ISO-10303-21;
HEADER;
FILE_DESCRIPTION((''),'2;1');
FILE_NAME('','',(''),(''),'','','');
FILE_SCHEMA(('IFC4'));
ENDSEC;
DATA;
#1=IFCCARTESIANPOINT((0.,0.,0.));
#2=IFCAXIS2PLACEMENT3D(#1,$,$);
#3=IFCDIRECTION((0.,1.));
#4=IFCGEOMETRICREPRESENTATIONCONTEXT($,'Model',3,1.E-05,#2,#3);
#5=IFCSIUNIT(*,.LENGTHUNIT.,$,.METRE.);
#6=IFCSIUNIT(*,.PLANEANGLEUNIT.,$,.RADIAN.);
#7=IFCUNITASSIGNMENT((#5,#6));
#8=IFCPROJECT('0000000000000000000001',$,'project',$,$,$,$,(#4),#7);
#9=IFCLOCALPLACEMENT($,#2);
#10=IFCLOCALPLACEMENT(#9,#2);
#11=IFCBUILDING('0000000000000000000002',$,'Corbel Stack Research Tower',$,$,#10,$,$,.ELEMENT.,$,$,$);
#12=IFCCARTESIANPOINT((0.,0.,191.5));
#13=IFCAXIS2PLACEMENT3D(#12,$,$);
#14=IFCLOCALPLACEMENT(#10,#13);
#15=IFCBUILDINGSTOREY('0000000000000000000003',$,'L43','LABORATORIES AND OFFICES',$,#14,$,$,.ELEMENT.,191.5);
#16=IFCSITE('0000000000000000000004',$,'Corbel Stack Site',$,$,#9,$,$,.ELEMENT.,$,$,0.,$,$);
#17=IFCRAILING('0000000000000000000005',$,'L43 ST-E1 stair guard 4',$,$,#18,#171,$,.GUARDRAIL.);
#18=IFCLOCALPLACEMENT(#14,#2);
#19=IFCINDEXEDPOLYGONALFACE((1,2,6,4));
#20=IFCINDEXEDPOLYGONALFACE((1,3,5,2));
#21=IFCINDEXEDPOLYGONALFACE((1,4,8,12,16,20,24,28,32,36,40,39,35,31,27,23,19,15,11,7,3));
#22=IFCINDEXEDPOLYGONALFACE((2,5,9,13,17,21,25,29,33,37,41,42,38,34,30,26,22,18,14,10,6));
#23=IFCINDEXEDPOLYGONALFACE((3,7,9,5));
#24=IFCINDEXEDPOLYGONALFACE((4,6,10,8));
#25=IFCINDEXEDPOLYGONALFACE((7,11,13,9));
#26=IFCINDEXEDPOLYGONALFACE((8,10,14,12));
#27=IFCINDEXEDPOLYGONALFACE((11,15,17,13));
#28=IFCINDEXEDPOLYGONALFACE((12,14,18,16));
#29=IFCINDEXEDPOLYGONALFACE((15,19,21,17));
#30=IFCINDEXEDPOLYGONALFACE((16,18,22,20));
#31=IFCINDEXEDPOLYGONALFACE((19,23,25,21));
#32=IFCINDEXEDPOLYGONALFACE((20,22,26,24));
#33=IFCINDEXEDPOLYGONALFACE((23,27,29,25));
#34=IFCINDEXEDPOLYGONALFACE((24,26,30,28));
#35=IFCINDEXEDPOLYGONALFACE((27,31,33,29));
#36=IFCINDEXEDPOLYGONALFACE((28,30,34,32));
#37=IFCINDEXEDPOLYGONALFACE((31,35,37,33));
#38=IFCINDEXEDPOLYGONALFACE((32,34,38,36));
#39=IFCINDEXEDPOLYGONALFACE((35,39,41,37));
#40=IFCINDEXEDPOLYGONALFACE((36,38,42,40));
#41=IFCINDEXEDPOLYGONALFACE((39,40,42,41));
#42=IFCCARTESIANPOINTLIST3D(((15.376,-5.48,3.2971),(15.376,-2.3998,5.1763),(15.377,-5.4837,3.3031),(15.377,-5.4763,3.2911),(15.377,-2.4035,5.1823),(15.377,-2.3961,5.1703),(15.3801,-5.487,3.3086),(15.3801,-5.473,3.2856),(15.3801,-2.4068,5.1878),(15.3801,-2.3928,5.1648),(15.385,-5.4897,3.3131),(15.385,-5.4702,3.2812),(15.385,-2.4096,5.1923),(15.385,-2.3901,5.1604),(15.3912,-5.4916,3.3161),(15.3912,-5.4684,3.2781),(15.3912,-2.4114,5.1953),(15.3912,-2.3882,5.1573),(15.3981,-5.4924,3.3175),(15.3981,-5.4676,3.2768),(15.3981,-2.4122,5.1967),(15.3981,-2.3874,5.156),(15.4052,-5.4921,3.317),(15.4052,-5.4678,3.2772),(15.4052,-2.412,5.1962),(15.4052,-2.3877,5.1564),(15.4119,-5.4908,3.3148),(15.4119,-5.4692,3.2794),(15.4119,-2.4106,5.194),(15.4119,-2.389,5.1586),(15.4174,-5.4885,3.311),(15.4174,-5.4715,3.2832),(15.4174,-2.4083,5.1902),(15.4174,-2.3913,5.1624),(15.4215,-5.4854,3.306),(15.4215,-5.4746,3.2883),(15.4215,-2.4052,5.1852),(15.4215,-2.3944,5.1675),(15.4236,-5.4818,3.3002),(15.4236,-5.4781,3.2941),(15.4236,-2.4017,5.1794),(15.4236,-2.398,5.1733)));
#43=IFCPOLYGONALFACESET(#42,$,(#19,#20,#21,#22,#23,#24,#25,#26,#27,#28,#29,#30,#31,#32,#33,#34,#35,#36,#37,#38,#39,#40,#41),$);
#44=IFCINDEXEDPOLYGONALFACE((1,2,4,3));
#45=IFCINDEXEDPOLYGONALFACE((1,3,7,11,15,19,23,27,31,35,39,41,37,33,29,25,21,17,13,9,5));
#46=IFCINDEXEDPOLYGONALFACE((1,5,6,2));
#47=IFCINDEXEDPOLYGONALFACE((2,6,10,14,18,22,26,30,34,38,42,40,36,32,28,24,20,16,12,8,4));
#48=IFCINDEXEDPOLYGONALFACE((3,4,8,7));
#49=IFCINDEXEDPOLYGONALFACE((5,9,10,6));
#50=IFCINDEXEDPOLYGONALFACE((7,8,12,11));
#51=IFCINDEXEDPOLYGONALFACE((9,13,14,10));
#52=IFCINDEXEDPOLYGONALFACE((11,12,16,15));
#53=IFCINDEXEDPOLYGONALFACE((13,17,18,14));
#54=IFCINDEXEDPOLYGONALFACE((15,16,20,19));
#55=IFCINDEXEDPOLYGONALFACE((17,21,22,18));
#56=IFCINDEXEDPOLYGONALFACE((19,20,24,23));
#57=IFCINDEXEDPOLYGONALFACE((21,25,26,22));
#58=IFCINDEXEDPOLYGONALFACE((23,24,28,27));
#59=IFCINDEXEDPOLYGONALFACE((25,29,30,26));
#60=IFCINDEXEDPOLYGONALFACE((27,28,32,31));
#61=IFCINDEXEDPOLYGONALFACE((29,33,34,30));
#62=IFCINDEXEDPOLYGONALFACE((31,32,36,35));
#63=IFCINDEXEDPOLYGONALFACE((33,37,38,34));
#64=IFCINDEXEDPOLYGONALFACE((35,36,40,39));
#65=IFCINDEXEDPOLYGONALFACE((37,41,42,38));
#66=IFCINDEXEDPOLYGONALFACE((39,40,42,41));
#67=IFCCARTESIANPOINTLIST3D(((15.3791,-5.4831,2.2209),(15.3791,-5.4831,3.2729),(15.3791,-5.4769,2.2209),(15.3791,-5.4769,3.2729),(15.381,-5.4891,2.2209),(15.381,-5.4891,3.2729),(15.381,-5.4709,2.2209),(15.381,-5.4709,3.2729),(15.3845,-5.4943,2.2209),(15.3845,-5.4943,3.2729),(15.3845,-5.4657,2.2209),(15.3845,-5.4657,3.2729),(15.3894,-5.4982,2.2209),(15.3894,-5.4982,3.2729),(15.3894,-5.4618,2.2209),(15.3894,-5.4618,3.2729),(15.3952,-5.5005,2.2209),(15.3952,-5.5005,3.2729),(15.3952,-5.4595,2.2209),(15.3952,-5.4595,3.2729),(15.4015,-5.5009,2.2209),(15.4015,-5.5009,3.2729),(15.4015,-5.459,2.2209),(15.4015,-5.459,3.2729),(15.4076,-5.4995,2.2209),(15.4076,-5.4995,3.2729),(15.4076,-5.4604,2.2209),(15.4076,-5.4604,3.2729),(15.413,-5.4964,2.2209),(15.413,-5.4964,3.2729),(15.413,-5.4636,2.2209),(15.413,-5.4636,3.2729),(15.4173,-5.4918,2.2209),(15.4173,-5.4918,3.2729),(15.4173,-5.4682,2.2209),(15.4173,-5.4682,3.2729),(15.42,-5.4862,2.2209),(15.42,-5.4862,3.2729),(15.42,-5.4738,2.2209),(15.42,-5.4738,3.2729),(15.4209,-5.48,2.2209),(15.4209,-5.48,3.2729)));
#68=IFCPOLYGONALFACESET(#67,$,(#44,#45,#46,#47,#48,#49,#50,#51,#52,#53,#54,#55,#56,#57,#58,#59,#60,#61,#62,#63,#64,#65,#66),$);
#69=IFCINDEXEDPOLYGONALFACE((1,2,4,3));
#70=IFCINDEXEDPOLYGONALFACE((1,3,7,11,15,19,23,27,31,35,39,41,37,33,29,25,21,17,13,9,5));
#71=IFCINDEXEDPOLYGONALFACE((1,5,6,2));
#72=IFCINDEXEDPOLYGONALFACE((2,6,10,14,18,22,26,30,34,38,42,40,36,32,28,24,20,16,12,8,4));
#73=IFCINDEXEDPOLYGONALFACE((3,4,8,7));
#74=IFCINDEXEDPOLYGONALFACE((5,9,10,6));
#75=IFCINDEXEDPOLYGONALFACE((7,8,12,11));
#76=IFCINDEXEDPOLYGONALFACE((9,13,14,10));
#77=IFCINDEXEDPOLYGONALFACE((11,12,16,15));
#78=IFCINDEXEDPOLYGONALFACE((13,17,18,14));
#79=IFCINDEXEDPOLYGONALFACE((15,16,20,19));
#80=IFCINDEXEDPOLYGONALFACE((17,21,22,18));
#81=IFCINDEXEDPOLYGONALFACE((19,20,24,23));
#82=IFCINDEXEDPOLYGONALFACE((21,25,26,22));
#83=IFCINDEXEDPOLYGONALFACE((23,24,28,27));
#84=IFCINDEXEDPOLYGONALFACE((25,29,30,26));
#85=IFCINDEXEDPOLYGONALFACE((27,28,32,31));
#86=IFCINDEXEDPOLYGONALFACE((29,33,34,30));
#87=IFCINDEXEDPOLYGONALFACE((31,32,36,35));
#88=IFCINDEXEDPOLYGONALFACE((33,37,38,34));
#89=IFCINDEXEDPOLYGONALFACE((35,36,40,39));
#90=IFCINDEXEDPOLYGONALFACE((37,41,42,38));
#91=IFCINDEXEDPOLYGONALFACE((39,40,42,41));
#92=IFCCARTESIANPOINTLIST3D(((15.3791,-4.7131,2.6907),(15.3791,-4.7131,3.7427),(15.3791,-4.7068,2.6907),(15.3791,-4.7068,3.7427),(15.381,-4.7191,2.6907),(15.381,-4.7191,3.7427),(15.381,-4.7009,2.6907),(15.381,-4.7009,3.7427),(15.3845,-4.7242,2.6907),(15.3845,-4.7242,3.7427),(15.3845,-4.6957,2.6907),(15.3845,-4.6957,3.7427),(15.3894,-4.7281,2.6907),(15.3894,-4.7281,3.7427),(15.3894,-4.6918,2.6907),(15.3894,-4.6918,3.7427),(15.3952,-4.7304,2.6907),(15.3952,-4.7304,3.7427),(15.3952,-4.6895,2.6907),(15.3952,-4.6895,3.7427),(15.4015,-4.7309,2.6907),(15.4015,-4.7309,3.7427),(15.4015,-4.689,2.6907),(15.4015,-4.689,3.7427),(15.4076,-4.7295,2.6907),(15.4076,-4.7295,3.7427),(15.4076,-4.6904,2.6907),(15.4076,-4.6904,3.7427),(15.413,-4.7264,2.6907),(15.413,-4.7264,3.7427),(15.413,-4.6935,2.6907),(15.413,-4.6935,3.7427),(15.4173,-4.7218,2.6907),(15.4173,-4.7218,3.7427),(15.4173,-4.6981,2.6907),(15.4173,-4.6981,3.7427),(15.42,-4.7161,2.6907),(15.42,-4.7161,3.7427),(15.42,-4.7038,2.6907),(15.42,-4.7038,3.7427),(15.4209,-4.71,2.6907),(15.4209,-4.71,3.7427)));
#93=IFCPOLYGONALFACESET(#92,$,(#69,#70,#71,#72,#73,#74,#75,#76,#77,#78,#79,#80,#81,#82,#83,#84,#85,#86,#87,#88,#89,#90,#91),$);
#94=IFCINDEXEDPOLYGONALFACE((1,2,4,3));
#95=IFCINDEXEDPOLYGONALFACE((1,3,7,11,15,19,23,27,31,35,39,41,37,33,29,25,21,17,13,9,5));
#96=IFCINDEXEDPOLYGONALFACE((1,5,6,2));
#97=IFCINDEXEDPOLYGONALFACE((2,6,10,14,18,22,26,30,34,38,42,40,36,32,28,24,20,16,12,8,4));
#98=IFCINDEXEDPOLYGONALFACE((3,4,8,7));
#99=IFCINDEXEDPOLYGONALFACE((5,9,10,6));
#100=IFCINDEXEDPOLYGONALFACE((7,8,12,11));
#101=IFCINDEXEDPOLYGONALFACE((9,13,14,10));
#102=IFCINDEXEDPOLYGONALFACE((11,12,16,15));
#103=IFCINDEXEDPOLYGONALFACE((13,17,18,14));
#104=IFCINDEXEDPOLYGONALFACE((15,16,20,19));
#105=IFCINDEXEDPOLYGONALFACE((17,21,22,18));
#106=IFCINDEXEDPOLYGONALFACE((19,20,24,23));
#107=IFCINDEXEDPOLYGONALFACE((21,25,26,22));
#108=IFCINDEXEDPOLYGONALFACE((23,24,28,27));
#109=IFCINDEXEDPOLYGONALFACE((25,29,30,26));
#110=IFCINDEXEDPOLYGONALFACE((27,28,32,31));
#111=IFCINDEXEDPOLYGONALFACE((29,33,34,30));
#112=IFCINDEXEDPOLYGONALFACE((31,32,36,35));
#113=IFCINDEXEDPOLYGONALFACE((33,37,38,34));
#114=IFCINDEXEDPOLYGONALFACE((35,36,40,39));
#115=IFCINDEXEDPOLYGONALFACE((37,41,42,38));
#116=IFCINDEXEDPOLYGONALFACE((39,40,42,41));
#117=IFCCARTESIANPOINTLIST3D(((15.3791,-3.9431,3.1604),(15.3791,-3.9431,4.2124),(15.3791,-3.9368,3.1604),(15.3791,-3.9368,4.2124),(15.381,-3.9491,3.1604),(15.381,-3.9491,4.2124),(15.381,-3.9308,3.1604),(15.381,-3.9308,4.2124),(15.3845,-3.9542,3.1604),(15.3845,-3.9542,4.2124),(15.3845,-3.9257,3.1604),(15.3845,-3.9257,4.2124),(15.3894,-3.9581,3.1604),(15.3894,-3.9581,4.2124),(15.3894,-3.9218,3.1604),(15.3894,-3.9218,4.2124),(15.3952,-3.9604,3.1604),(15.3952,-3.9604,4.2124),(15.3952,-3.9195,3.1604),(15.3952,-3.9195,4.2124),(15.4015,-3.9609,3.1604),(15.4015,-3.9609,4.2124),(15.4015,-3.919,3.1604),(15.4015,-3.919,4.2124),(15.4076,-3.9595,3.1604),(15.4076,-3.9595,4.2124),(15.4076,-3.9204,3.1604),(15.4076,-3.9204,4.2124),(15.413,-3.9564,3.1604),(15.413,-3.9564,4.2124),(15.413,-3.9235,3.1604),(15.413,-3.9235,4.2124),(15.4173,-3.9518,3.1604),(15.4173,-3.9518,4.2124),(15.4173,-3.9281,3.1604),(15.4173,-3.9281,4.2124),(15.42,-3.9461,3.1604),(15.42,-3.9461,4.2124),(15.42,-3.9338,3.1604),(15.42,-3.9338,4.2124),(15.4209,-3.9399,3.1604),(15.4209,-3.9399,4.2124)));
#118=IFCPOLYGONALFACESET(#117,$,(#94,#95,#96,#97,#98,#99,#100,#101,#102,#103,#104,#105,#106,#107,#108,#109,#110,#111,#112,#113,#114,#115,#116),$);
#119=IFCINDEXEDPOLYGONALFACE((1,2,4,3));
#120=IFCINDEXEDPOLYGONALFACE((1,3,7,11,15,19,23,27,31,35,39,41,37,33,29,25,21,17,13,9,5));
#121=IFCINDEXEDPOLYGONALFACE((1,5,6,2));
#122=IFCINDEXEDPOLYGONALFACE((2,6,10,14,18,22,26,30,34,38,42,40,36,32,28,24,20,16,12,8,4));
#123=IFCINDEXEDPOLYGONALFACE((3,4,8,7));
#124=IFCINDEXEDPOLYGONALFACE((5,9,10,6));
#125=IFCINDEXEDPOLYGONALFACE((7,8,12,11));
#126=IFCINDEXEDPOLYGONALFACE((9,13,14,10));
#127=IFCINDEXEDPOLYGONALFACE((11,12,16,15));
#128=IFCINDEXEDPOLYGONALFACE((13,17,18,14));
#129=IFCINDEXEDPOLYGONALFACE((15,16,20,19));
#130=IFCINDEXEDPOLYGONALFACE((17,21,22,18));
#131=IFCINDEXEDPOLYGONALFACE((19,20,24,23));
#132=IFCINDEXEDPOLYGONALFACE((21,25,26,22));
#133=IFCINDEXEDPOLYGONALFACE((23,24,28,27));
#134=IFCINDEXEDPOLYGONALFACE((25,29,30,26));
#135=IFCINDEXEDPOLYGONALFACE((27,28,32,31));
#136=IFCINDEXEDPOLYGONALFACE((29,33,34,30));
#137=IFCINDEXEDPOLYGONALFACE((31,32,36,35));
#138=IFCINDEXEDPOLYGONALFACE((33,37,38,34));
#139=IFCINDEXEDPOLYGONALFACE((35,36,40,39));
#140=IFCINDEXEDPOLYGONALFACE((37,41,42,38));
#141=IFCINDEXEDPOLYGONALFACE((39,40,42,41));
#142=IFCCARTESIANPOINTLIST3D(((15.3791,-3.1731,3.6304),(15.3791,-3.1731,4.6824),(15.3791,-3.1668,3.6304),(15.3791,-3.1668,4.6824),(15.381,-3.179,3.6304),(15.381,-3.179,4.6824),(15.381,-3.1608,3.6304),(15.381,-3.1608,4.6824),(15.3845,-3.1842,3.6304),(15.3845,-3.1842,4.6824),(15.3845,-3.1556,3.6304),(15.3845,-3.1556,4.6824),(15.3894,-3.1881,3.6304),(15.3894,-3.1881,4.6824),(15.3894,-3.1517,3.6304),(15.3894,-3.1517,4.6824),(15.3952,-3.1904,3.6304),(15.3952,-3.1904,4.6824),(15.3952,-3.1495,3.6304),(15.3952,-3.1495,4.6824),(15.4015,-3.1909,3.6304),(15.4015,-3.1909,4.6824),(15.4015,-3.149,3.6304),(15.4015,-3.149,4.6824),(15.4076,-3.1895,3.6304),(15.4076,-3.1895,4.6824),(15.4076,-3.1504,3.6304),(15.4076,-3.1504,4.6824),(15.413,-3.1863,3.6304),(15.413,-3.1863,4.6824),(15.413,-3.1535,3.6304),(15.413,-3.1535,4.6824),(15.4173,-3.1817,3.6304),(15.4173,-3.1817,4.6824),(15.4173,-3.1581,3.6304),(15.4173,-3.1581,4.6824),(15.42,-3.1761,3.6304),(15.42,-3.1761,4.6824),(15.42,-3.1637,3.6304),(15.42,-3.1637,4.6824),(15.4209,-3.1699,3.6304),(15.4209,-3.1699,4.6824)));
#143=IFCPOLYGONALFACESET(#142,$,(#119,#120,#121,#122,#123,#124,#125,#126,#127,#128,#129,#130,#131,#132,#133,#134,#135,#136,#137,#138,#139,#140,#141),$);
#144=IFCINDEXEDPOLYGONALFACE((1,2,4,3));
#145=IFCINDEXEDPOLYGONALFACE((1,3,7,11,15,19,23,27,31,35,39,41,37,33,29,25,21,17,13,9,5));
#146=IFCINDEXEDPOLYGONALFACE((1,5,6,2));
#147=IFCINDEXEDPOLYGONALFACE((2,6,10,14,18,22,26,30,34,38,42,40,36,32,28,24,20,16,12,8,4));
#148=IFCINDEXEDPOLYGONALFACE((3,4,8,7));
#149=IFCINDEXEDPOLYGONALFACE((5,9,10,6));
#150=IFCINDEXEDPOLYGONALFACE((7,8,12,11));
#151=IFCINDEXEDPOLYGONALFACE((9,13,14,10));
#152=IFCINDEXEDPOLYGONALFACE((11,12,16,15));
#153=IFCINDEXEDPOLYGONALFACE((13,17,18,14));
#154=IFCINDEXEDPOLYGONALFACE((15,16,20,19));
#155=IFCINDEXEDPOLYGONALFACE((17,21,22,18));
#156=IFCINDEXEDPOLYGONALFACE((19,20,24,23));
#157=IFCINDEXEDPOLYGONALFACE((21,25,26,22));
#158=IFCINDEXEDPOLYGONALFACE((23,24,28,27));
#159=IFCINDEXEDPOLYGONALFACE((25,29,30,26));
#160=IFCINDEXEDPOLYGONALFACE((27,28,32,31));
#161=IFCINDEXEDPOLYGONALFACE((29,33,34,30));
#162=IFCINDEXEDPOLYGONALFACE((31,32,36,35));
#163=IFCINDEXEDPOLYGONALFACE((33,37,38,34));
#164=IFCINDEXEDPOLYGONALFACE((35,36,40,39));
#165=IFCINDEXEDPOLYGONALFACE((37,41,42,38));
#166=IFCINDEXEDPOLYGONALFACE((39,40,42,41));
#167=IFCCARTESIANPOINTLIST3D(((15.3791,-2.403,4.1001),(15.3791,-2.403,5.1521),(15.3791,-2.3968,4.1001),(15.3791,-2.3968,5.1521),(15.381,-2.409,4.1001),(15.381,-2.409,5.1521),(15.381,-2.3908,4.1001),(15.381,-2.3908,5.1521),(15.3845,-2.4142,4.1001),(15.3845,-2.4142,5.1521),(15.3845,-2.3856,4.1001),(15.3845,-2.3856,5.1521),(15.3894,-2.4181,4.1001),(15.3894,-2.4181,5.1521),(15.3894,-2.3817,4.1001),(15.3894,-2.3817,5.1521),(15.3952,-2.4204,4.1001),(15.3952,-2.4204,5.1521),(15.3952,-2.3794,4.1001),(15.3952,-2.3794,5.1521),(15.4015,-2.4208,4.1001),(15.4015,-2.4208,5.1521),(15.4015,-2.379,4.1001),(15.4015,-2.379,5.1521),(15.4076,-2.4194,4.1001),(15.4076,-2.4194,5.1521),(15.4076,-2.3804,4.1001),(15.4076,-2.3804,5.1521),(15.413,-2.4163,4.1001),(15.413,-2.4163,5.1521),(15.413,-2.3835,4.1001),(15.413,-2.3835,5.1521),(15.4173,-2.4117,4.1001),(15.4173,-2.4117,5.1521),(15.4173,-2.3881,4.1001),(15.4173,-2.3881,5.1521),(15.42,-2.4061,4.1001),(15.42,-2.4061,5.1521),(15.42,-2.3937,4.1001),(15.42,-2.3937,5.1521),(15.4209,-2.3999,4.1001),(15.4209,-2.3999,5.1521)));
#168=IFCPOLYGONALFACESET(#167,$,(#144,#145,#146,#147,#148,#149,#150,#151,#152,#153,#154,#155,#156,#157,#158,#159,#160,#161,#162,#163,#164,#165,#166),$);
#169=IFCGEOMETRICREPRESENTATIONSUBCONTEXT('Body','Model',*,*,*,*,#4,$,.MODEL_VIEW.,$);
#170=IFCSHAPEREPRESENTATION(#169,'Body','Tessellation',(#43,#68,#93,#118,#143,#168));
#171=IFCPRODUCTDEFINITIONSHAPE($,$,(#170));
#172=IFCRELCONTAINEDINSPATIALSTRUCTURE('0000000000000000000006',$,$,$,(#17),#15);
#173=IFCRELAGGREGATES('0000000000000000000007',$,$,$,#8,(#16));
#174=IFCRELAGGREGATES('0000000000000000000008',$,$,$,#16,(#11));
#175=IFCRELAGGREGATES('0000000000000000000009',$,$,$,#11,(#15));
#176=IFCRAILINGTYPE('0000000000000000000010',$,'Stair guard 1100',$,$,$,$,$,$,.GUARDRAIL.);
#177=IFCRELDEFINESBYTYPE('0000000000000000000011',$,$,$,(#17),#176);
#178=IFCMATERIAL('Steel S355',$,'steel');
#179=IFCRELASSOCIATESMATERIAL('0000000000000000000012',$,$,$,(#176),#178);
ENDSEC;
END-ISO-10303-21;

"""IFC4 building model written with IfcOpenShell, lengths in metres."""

from ifc_helpers import new_model, si_unit, direction, frame, origin, origin_2d, place, context, subcontext, project, spatial, circle, extrude, material, type_object, element, save


model = new_model("IFC4")

# Units and contexts
model_context = context("Model", 3, precision=1e-05, world=origin(), true_north=direction((0.0, 1.0)))
body_context = subcontext(model_context, "Body", "Model", "MODEL_VIEW")
ifc_project = project(units=[si_unit("LENGTHUNIT", "METRE"), si_unit("PLANEANGLEUNIT", "RADIAN")], contexts=[model_context])

# Site, building, storey
site_placement = place(None, origin())
site = spatial("IfcSite", under=ifc_project, at=site_placement, Name="Corbel Stack Site", CompositionType="ELEMENT", RefElevation=0.0)
building_placement = place(site_placement, origin())
building = spatial("IfcBuilding", under=site, at=building_placement, Name="Corbel Stack Research Tower", CompositionType="ELEMENT")
storey_placement = place(building_placement, frame((0.0, 0.0, 191.5)))
storey = spatial("IfcBuildingStorey", under=building, at=storey_placement, Name="L43", Description="LABORATORIES AND OFFICES", CompositionType="ELEMENT", Elevation=191.5)

# Railing
ifc_material_1 = material(Name="Steel S355", Category="steel")
railing_type_1 = type_object("IfcRailingType", Name="Stair guard 1100", PredefinedType="GUARDRAIL", material=ifc_material_1)
railing_1_placement = place(storey_placement, frame((15.3999, -5.48, 2.2209)))
element("IfcRailing", 1, at=railing_1_placement, inside=storey, type_object=railing_type_1, Name="L43 ST-E1 stair guard 4", PredefinedType="GUARDRAIL", context=body_context, shape_type="SweptSolid", body=[
    extrude(circle(Radius=0.0239, at=origin_2d()), frame((0.0, 0.0, 1.0762), z_axis=(0.0, 0.853666, 0.52082), x_axis=(-1.0, 0.0, 0.0)), (0.0, 0.0, 1.0), 3.6082),
    extrude(circle(Radius=0.021, at=origin_2d()), origin(), (0.0, 0.0, 1.0), 1.052),
    extrude(circle(Radius=0.021, at=origin_2d()), frame((0.0, 0.77, 0.4697)), (0.0, 0.0, 1.0), 1.052),
    extrude(circle(Radius=0.021, at=origin_2d()), frame((0.0, 1.54, 0.9395)), (0.0, 0.0, 1.0), 1.052),
    extrude(circle(Radius=0.021, at=origin_2d()), frame((0.0, 2.3101, 1.4094)), (0.0, 0.0, 1.0), 1.052),
    extrude(circle(Radius=0.021, at=origin_2d()), frame((0.0, 3.0801, 1.8792)), (0.0, 0.0, 1.0), 1.052),
])

save(model, "model.ifc")
